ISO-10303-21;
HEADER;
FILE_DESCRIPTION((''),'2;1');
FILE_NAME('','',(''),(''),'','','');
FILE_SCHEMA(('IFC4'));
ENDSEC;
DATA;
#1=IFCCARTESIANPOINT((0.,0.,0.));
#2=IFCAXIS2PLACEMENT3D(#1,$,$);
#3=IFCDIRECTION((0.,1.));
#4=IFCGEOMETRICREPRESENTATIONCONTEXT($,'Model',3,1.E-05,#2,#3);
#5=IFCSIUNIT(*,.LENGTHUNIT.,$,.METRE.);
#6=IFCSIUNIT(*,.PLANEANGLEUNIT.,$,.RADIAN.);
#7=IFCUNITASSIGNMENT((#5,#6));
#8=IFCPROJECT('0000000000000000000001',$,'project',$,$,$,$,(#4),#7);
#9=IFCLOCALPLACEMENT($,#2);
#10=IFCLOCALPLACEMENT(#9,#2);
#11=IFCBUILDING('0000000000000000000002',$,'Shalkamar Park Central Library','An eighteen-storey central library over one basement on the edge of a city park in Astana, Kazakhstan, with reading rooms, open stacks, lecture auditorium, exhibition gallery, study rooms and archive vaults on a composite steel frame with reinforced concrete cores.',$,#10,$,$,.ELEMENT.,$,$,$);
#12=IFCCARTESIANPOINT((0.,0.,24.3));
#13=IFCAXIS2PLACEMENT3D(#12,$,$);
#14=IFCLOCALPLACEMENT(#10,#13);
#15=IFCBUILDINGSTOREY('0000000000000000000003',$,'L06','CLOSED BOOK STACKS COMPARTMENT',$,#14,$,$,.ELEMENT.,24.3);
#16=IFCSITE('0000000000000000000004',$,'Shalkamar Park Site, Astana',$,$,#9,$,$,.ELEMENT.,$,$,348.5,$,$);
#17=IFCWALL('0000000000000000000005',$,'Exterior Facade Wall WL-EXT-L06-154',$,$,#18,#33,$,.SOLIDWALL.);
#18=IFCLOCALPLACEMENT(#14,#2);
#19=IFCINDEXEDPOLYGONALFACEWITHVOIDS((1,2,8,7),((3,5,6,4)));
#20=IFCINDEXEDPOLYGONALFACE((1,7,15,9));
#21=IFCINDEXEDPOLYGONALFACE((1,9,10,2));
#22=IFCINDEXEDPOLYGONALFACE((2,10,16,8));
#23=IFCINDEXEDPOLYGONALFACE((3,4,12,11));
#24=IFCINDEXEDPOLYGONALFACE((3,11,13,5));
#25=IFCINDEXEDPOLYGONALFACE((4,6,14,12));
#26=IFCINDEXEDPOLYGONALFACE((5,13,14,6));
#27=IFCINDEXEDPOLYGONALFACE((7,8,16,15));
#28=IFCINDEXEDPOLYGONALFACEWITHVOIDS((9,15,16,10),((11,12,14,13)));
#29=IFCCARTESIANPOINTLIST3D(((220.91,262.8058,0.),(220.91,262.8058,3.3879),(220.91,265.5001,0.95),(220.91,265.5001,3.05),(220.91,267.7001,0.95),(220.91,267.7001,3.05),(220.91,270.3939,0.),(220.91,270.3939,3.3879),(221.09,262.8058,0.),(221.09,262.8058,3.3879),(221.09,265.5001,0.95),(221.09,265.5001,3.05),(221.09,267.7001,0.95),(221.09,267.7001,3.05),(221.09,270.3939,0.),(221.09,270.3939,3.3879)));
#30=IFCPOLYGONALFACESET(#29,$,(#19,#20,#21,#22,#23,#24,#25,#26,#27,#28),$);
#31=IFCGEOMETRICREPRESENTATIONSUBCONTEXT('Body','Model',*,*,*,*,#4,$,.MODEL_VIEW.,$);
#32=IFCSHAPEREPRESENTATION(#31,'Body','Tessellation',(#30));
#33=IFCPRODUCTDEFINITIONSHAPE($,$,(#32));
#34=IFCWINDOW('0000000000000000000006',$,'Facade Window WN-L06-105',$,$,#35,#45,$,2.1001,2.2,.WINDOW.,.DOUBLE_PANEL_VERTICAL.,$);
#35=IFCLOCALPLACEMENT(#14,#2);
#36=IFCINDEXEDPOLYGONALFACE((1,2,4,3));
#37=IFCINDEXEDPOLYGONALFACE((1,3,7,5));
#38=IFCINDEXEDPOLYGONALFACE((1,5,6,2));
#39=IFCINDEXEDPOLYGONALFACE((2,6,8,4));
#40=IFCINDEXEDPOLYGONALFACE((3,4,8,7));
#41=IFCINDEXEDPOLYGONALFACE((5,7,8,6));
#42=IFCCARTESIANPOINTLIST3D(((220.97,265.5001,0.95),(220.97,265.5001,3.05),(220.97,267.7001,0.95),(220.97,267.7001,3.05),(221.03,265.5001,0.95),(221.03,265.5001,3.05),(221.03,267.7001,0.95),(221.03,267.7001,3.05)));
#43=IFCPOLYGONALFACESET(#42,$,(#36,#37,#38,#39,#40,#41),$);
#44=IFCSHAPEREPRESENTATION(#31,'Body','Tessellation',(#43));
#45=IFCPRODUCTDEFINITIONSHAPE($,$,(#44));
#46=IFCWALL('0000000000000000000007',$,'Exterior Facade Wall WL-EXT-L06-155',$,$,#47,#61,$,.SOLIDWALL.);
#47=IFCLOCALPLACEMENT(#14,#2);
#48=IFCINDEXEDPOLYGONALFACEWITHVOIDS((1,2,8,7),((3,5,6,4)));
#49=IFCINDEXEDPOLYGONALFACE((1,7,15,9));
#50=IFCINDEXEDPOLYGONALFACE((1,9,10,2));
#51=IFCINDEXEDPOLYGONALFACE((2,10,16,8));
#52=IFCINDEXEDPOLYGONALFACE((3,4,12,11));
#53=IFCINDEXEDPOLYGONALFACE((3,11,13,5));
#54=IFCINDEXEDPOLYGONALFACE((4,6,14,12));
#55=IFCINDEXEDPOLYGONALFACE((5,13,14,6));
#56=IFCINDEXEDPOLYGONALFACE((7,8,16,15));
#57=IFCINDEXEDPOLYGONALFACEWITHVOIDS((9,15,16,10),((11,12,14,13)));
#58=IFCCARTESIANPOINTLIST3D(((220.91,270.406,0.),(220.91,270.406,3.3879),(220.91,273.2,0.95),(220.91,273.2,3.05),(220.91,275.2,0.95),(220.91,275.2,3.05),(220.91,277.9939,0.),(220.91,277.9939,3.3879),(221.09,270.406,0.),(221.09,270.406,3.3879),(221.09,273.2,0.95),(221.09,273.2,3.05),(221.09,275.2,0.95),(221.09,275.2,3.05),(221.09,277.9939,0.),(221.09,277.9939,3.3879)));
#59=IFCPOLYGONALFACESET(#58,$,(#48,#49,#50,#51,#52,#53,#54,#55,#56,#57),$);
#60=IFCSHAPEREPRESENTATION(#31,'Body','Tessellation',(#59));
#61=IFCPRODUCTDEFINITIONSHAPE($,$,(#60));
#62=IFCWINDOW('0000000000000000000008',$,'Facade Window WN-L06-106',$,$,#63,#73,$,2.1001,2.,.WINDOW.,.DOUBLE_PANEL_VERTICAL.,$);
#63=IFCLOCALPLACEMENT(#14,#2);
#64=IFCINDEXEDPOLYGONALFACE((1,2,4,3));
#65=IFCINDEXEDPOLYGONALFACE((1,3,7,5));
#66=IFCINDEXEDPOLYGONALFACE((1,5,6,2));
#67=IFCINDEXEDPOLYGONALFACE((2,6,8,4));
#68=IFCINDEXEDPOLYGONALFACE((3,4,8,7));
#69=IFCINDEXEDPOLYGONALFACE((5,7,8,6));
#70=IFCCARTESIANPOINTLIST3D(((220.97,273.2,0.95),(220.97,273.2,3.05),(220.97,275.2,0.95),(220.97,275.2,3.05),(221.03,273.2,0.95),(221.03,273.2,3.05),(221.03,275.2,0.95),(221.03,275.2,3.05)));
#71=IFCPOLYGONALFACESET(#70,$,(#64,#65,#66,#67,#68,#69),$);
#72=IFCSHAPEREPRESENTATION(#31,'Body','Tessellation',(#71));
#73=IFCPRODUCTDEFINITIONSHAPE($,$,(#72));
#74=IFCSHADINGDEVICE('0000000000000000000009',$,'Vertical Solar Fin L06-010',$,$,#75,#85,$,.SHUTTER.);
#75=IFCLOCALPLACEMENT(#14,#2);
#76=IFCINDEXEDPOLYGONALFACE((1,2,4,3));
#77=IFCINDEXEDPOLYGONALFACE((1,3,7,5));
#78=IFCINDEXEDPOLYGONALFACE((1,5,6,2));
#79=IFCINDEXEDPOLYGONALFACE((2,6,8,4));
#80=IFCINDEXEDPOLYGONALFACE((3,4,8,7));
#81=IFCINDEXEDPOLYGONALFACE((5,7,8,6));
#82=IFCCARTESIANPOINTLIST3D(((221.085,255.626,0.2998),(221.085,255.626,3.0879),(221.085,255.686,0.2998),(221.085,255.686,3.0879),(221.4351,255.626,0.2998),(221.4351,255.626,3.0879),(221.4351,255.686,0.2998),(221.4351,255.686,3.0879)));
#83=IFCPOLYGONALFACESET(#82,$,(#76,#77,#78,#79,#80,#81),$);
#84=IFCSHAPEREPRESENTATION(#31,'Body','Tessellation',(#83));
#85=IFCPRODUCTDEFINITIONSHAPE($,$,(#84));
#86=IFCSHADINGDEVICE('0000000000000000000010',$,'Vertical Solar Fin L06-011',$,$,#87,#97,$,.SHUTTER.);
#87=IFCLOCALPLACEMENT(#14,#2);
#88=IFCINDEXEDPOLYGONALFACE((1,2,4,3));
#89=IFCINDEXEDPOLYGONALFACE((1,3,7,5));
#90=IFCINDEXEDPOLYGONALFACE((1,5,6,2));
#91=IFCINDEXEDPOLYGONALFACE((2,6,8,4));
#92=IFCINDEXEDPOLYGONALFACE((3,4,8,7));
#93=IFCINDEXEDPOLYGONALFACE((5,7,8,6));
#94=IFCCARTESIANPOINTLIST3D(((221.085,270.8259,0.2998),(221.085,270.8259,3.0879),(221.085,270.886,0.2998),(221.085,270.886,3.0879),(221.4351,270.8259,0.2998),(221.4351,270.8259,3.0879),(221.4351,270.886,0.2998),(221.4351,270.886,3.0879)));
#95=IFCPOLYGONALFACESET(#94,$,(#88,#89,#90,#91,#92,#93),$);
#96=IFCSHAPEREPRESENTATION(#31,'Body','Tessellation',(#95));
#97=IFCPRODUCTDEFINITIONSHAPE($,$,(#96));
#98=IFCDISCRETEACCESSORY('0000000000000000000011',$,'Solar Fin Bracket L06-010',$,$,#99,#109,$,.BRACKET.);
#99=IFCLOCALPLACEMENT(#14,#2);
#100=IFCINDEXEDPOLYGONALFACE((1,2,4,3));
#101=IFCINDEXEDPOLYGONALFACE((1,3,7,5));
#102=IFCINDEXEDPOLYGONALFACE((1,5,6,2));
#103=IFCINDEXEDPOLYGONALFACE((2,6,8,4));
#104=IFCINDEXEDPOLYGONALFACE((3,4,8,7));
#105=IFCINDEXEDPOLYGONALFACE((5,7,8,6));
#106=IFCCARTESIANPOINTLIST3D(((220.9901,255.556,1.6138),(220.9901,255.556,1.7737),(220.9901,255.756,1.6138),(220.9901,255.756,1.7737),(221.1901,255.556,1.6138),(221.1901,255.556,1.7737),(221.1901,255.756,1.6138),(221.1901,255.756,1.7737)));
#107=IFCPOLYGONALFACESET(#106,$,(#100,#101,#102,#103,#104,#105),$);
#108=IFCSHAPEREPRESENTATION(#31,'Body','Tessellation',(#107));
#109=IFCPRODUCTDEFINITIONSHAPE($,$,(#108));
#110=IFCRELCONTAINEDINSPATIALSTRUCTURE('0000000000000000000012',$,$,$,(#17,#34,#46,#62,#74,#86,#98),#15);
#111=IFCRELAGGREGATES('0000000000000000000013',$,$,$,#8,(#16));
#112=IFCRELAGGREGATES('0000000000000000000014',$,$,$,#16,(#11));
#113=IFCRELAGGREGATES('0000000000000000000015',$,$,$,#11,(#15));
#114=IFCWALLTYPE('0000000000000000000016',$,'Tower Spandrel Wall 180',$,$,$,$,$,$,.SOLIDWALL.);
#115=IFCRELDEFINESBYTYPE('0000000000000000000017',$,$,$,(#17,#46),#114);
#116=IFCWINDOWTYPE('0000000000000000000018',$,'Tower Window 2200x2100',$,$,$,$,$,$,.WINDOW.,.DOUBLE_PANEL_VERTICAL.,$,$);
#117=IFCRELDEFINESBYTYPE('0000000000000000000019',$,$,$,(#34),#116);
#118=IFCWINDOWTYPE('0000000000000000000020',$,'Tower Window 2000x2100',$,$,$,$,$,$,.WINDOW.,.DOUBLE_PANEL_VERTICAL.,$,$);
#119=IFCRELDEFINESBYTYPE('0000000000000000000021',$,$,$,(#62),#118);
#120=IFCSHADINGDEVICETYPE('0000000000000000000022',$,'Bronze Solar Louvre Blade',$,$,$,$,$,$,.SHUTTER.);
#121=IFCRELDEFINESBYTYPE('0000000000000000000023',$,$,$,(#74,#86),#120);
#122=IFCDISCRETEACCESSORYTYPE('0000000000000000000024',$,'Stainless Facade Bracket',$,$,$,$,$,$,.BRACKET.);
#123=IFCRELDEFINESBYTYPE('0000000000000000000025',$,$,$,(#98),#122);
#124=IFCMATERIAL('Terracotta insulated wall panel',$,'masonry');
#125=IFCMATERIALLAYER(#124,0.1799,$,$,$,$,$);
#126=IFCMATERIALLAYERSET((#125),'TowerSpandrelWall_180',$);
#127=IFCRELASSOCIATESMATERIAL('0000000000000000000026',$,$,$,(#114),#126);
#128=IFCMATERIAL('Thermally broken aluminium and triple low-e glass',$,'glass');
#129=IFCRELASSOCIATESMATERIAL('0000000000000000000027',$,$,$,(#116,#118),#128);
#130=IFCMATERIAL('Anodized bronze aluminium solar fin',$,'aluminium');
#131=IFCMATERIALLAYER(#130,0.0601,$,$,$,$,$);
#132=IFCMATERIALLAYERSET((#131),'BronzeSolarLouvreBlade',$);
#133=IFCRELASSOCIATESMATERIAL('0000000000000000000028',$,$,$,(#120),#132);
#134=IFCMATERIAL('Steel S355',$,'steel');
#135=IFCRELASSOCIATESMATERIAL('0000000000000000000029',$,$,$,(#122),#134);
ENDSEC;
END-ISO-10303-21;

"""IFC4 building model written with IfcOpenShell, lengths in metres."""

from ifc_helpers import new_model, si_unit, direction, frame, frame_2d, origin, origin_2d, place, context, subcontext, project, spatial, rectangle, extrude, material, layer, layer_set, type_object, element, fill, save


model = new_model("IFC4")

# Units and contexts
model_context = context("Model", 3, precision=1e-05, world=origin(), true_north=direction((0.0, 1.0)))
body_context = subcontext(model_context, "Body", "Model", "MODEL_VIEW")
ifc_project = project(units=[si_unit("LENGTHUNIT", "METRE"), si_unit("PLANEANGLEUNIT", "RADIAN")], contexts=[model_context])

# Site, building, storey
site_placement = place(None, origin())
site = spatial("IfcSite", under=ifc_project, at=site_placement, Name="Shalkamar Park Site, Astana", CompositionType="ELEMENT", RefElevation=348.5)
building_placement = place(site_placement, origin())
building = spatial("IfcBuilding", under=site, at=building_placement, Name="Shalkamar Park Central Library", Description="An eighteen-storey central library over one basement on the edge of a city park in Astana, Kazakhstan, with reading rooms, open stacks, lecture auditorium, exhibition gallery, study rooms and archive vaults on a composite steel frame with reinforced concrete cores.", CompositionType="ELEMENT")
storey_placement = place(building_placement, frame((0.0, 0.0, 24.3)))
storey = spatial("IfcBuildingStorey", under=building, at=storey_placement, Name="L06", Description="CLOSED BOOK STACKS COMPARTMENT", CompositionType="ELEMENT", Elevation=24.3)

# Shared definitions
ifc_material_1 = material(Name="Steel S355", Category="steel")

# Walls, openings, windows
ifc_material_2 = material(Name="Terracotta insulated wall panel", Category="masonry")
ifc_layer_1 = layer(ifc_material_2, 0.1799)
ifc_layer_set_1 = layer_set([ifc_layer_1], Name="TowerSpandrelWall_180")
wall_type = type_object("IfcWallType", Name="Tower Spandrel Wall 180", PredefinedType="SOLIDWALL", material=ifc_layer_set_1)
ifc_material_3 = material(Name="Thermally broken aluminium and triple low-e glass", Category="glass")
wall_1_placement = place(storey_placement, frame((221.0, 262.8059, 0.0), z_axis=(0.0, 0.0, 1.0), x_axis=(0.0, 1.0, 0.0)))
wall_1 = element("IfcWall", 1, at=wall_1_placement, inside=storey, type_object=wall_type, Name="Exterior Facade Wall WL-EXT-L06-154", PredefinedType="SOLIDWALL", context=body_context, shape_type="SweptSolid", body=[
    extrude(rectangle(XDim=7.5881, YDim=0.1799, at=frame_2d((3.7939, 0.0))), origin(), (0.0, 0.0, 1.0), 3.3879),
])
opening_1_placement = place(wall_1_placement, frame((2.6941, 0.0, 0.95)))
opening_1 = element("IfcOpeningElement", 2, at=opening_1_placement, cuts=wall_1, PredefinedType="OPENING", context=body_context, shape_type="SweptSolid", body=[
    extrude(rectangle(XDim=2.2, YDim=2.1001, at=frame_2d((1.1001, 1.05))), frame((0.0, 0.105, 0.0), z_axis=(0.0, -1.0, 0.0), x_axis=(1.0, 0.0, 0.0)), (0.0, 0.0, 1.0), 0.2097),
])
window_type_1 = type_object("IfcWindowType", Name="Tower Window 2200x2100", PartitioningType="DOUBLE_PANEL_VERTICAL", PredefinedType="WINDOW", material=ifc_material_3)
window_1_placement = place(opening_1_placement, origin())
window_1 = element("IfcWindow", 3, at=window_1_placement, inside=storey, type_object=window_type_1, Name="Facade Window WN-L06-105", OverallHeight=2.1001, OverallWidth=2.2, PartitioningType="DOUBLE_PANEL_VERTICAL", PredefinedType="WINDOW", context=body_context, shape_type="SweptSolid", body=[
    extrude(rectangle(XDim=2.2, YDim=2.1001, at=frame_2d((1.1001, 1.05))), frame((0.0, 0.03, 0.0), z_axis=(0.0, -1.0, 0.0), x_axis=(1.0, 0.0, 0.0)), (0.0, 0.0, 1.0), 0.0601),
])
fill(opening_1, window_1)
wall_2_placement = place(storey_placement, frame((221.0, 270.406, 0.0), z_axis=(0.0, 0.0, 1.0), x_axis=(0.0, 1.0, 0.0)))
wall_2 = element("IfcWall", 4, at=wall_2_placement, inside=storey, type_object=wall_type, Name="Exterior Facade Wall WL-EXT-L06-155", PredefinedType="SOLIDWALL", context=body_context, shape_type="SweptSolid", body=[
    extrude(rectangle(XDim=7.5879, YDim=0.1799, at=frame_2d((3.7939, 0.0))), origin(), (0.0, 0.0, 1.0), 3.3879),
])
opening_2_placement = place(wall_2_placement, frame((2.7939, 0.0, 0.95)))
opening_2 = element("IfcOpeningElement", 5, at=opening_2_placement, cuts=wall_2, PredefinedType="OPENING", context=body_context, shape_type="SweptSolid", body=[
    extrude(rectangle(XDim=2.0, YDim=2.1001, at=frame_2d((1.0, 1.05))), frame((0.0, 0.105, 0.0), z_axis=(0.0, -1.0, 0.0), x_axis=(1.0, 0.0, 0.0)), (0.0, 0.0, 1.0), 0.2097),
])
window_type_2 = type_object("IfcWindowType", Name="Tower Window 2000x2100", PartitioningType="DOUBLE_PANEL_VERTICAL", PredefinedType="WINDOW", material=ifc_material_3)
window_2_placement = place(opening_2_placement, origin())
window_2 = element("IfcWindow", 6, at=window_2_placement, inside=storey, type_object=window_type_2, Name="Facade Window WN-L06-106", OverallHeight=2.1001, OverallWidth=2.0, PartitioningType="DOUBLE_PANEL_VERTICAL", PredefinedType="WINDOW", context=body_context, shape_type="SweptSolid", body=[
    extrude(rectangle(XDim=2.0, YDim=2.1001, at=frame_2d((1.0, 1.05))), frame((0.0, 0.03, 0.0), z_axis=(0.0, -1.0, 0.0), x_axis=(1.0, 0.0, 0.0)), (0.0, 0.0, 1.0), 0.0601),
])
fill(opening_2, window_2)

# Shading devices
ifc_material_4 = material(Name="Anodized bronze aluminium solar fin", Category="aluminium")
ifc_layer_2 = layer(ifc_material_4, 0.0601)
ifc_layer_set_2 = layer_set([ifc_layer_2], Name="BronzeSolarLouvreBlade")
shading_device_type = type_object("IfcShadingDeviceType", Name="Bronze Solar Louvre Blade", PredefinedType="SHUTTER", material=ifc_layer_set_2)
for number, where, z_axis, x_axis, name in (
    (7, (221.26, 255.656, 0.2998), (0.0, 0.0, 1.0), (1.0, 0.0, 0.0), "Vertical Solar Fin L06-010"),
    (8, (221.26, 270.856, 0.2998), (0.0, 0.0, 1.0), (1.0, 0.0, 0.0), "Vertical Solar Fin L06-011"),
):
    element("IfcShadingDevice", number, at=place(storey_placement, frame(where, z_axis=z_axis, x_axis=x_axis)), inside=storey, type_object=shading_device_type, Name=name, PredefinedType="SHUTTER", context=body_context, shape_type="SweptSolid", body=[
        extrude(rectangle(XDim=0.3501, YDim=0.0601, at=origin_2d()), origin(), (0.0, 0.0, 1.0), 2.7881),
    ])

# Discrete accessory
discrete_accessory_type = type_object("IfcDiscreteAccessoryType", Name="Stainless Facade Bracket", PredefinedType="BRACKET", material=ifc_material_1)
discrete_accessory_placement = place(storey_placement, frame((221.0901, 255.656, 1.6138), z_axis=(0.0, 0.0, 1.0), x_axis=(1.0, 0.0, 0.0)))
element("IfcDiscreteAccessory", 9, at=discrete_accessory_placement, inside=storey, type_object=discrete_accessory_type, Name="Solar Fin Bracket L06-010", PredefinedType="BRACKET", context=body_context, shape_type="SweptSolid", body=[
    extrude(rectangle(XDim=0.2, YDim=0.2, at=origin_2d()), origin(), (0.0, 0.0, 1.0), 0.1599),
])

save(model, "model.ifc")
